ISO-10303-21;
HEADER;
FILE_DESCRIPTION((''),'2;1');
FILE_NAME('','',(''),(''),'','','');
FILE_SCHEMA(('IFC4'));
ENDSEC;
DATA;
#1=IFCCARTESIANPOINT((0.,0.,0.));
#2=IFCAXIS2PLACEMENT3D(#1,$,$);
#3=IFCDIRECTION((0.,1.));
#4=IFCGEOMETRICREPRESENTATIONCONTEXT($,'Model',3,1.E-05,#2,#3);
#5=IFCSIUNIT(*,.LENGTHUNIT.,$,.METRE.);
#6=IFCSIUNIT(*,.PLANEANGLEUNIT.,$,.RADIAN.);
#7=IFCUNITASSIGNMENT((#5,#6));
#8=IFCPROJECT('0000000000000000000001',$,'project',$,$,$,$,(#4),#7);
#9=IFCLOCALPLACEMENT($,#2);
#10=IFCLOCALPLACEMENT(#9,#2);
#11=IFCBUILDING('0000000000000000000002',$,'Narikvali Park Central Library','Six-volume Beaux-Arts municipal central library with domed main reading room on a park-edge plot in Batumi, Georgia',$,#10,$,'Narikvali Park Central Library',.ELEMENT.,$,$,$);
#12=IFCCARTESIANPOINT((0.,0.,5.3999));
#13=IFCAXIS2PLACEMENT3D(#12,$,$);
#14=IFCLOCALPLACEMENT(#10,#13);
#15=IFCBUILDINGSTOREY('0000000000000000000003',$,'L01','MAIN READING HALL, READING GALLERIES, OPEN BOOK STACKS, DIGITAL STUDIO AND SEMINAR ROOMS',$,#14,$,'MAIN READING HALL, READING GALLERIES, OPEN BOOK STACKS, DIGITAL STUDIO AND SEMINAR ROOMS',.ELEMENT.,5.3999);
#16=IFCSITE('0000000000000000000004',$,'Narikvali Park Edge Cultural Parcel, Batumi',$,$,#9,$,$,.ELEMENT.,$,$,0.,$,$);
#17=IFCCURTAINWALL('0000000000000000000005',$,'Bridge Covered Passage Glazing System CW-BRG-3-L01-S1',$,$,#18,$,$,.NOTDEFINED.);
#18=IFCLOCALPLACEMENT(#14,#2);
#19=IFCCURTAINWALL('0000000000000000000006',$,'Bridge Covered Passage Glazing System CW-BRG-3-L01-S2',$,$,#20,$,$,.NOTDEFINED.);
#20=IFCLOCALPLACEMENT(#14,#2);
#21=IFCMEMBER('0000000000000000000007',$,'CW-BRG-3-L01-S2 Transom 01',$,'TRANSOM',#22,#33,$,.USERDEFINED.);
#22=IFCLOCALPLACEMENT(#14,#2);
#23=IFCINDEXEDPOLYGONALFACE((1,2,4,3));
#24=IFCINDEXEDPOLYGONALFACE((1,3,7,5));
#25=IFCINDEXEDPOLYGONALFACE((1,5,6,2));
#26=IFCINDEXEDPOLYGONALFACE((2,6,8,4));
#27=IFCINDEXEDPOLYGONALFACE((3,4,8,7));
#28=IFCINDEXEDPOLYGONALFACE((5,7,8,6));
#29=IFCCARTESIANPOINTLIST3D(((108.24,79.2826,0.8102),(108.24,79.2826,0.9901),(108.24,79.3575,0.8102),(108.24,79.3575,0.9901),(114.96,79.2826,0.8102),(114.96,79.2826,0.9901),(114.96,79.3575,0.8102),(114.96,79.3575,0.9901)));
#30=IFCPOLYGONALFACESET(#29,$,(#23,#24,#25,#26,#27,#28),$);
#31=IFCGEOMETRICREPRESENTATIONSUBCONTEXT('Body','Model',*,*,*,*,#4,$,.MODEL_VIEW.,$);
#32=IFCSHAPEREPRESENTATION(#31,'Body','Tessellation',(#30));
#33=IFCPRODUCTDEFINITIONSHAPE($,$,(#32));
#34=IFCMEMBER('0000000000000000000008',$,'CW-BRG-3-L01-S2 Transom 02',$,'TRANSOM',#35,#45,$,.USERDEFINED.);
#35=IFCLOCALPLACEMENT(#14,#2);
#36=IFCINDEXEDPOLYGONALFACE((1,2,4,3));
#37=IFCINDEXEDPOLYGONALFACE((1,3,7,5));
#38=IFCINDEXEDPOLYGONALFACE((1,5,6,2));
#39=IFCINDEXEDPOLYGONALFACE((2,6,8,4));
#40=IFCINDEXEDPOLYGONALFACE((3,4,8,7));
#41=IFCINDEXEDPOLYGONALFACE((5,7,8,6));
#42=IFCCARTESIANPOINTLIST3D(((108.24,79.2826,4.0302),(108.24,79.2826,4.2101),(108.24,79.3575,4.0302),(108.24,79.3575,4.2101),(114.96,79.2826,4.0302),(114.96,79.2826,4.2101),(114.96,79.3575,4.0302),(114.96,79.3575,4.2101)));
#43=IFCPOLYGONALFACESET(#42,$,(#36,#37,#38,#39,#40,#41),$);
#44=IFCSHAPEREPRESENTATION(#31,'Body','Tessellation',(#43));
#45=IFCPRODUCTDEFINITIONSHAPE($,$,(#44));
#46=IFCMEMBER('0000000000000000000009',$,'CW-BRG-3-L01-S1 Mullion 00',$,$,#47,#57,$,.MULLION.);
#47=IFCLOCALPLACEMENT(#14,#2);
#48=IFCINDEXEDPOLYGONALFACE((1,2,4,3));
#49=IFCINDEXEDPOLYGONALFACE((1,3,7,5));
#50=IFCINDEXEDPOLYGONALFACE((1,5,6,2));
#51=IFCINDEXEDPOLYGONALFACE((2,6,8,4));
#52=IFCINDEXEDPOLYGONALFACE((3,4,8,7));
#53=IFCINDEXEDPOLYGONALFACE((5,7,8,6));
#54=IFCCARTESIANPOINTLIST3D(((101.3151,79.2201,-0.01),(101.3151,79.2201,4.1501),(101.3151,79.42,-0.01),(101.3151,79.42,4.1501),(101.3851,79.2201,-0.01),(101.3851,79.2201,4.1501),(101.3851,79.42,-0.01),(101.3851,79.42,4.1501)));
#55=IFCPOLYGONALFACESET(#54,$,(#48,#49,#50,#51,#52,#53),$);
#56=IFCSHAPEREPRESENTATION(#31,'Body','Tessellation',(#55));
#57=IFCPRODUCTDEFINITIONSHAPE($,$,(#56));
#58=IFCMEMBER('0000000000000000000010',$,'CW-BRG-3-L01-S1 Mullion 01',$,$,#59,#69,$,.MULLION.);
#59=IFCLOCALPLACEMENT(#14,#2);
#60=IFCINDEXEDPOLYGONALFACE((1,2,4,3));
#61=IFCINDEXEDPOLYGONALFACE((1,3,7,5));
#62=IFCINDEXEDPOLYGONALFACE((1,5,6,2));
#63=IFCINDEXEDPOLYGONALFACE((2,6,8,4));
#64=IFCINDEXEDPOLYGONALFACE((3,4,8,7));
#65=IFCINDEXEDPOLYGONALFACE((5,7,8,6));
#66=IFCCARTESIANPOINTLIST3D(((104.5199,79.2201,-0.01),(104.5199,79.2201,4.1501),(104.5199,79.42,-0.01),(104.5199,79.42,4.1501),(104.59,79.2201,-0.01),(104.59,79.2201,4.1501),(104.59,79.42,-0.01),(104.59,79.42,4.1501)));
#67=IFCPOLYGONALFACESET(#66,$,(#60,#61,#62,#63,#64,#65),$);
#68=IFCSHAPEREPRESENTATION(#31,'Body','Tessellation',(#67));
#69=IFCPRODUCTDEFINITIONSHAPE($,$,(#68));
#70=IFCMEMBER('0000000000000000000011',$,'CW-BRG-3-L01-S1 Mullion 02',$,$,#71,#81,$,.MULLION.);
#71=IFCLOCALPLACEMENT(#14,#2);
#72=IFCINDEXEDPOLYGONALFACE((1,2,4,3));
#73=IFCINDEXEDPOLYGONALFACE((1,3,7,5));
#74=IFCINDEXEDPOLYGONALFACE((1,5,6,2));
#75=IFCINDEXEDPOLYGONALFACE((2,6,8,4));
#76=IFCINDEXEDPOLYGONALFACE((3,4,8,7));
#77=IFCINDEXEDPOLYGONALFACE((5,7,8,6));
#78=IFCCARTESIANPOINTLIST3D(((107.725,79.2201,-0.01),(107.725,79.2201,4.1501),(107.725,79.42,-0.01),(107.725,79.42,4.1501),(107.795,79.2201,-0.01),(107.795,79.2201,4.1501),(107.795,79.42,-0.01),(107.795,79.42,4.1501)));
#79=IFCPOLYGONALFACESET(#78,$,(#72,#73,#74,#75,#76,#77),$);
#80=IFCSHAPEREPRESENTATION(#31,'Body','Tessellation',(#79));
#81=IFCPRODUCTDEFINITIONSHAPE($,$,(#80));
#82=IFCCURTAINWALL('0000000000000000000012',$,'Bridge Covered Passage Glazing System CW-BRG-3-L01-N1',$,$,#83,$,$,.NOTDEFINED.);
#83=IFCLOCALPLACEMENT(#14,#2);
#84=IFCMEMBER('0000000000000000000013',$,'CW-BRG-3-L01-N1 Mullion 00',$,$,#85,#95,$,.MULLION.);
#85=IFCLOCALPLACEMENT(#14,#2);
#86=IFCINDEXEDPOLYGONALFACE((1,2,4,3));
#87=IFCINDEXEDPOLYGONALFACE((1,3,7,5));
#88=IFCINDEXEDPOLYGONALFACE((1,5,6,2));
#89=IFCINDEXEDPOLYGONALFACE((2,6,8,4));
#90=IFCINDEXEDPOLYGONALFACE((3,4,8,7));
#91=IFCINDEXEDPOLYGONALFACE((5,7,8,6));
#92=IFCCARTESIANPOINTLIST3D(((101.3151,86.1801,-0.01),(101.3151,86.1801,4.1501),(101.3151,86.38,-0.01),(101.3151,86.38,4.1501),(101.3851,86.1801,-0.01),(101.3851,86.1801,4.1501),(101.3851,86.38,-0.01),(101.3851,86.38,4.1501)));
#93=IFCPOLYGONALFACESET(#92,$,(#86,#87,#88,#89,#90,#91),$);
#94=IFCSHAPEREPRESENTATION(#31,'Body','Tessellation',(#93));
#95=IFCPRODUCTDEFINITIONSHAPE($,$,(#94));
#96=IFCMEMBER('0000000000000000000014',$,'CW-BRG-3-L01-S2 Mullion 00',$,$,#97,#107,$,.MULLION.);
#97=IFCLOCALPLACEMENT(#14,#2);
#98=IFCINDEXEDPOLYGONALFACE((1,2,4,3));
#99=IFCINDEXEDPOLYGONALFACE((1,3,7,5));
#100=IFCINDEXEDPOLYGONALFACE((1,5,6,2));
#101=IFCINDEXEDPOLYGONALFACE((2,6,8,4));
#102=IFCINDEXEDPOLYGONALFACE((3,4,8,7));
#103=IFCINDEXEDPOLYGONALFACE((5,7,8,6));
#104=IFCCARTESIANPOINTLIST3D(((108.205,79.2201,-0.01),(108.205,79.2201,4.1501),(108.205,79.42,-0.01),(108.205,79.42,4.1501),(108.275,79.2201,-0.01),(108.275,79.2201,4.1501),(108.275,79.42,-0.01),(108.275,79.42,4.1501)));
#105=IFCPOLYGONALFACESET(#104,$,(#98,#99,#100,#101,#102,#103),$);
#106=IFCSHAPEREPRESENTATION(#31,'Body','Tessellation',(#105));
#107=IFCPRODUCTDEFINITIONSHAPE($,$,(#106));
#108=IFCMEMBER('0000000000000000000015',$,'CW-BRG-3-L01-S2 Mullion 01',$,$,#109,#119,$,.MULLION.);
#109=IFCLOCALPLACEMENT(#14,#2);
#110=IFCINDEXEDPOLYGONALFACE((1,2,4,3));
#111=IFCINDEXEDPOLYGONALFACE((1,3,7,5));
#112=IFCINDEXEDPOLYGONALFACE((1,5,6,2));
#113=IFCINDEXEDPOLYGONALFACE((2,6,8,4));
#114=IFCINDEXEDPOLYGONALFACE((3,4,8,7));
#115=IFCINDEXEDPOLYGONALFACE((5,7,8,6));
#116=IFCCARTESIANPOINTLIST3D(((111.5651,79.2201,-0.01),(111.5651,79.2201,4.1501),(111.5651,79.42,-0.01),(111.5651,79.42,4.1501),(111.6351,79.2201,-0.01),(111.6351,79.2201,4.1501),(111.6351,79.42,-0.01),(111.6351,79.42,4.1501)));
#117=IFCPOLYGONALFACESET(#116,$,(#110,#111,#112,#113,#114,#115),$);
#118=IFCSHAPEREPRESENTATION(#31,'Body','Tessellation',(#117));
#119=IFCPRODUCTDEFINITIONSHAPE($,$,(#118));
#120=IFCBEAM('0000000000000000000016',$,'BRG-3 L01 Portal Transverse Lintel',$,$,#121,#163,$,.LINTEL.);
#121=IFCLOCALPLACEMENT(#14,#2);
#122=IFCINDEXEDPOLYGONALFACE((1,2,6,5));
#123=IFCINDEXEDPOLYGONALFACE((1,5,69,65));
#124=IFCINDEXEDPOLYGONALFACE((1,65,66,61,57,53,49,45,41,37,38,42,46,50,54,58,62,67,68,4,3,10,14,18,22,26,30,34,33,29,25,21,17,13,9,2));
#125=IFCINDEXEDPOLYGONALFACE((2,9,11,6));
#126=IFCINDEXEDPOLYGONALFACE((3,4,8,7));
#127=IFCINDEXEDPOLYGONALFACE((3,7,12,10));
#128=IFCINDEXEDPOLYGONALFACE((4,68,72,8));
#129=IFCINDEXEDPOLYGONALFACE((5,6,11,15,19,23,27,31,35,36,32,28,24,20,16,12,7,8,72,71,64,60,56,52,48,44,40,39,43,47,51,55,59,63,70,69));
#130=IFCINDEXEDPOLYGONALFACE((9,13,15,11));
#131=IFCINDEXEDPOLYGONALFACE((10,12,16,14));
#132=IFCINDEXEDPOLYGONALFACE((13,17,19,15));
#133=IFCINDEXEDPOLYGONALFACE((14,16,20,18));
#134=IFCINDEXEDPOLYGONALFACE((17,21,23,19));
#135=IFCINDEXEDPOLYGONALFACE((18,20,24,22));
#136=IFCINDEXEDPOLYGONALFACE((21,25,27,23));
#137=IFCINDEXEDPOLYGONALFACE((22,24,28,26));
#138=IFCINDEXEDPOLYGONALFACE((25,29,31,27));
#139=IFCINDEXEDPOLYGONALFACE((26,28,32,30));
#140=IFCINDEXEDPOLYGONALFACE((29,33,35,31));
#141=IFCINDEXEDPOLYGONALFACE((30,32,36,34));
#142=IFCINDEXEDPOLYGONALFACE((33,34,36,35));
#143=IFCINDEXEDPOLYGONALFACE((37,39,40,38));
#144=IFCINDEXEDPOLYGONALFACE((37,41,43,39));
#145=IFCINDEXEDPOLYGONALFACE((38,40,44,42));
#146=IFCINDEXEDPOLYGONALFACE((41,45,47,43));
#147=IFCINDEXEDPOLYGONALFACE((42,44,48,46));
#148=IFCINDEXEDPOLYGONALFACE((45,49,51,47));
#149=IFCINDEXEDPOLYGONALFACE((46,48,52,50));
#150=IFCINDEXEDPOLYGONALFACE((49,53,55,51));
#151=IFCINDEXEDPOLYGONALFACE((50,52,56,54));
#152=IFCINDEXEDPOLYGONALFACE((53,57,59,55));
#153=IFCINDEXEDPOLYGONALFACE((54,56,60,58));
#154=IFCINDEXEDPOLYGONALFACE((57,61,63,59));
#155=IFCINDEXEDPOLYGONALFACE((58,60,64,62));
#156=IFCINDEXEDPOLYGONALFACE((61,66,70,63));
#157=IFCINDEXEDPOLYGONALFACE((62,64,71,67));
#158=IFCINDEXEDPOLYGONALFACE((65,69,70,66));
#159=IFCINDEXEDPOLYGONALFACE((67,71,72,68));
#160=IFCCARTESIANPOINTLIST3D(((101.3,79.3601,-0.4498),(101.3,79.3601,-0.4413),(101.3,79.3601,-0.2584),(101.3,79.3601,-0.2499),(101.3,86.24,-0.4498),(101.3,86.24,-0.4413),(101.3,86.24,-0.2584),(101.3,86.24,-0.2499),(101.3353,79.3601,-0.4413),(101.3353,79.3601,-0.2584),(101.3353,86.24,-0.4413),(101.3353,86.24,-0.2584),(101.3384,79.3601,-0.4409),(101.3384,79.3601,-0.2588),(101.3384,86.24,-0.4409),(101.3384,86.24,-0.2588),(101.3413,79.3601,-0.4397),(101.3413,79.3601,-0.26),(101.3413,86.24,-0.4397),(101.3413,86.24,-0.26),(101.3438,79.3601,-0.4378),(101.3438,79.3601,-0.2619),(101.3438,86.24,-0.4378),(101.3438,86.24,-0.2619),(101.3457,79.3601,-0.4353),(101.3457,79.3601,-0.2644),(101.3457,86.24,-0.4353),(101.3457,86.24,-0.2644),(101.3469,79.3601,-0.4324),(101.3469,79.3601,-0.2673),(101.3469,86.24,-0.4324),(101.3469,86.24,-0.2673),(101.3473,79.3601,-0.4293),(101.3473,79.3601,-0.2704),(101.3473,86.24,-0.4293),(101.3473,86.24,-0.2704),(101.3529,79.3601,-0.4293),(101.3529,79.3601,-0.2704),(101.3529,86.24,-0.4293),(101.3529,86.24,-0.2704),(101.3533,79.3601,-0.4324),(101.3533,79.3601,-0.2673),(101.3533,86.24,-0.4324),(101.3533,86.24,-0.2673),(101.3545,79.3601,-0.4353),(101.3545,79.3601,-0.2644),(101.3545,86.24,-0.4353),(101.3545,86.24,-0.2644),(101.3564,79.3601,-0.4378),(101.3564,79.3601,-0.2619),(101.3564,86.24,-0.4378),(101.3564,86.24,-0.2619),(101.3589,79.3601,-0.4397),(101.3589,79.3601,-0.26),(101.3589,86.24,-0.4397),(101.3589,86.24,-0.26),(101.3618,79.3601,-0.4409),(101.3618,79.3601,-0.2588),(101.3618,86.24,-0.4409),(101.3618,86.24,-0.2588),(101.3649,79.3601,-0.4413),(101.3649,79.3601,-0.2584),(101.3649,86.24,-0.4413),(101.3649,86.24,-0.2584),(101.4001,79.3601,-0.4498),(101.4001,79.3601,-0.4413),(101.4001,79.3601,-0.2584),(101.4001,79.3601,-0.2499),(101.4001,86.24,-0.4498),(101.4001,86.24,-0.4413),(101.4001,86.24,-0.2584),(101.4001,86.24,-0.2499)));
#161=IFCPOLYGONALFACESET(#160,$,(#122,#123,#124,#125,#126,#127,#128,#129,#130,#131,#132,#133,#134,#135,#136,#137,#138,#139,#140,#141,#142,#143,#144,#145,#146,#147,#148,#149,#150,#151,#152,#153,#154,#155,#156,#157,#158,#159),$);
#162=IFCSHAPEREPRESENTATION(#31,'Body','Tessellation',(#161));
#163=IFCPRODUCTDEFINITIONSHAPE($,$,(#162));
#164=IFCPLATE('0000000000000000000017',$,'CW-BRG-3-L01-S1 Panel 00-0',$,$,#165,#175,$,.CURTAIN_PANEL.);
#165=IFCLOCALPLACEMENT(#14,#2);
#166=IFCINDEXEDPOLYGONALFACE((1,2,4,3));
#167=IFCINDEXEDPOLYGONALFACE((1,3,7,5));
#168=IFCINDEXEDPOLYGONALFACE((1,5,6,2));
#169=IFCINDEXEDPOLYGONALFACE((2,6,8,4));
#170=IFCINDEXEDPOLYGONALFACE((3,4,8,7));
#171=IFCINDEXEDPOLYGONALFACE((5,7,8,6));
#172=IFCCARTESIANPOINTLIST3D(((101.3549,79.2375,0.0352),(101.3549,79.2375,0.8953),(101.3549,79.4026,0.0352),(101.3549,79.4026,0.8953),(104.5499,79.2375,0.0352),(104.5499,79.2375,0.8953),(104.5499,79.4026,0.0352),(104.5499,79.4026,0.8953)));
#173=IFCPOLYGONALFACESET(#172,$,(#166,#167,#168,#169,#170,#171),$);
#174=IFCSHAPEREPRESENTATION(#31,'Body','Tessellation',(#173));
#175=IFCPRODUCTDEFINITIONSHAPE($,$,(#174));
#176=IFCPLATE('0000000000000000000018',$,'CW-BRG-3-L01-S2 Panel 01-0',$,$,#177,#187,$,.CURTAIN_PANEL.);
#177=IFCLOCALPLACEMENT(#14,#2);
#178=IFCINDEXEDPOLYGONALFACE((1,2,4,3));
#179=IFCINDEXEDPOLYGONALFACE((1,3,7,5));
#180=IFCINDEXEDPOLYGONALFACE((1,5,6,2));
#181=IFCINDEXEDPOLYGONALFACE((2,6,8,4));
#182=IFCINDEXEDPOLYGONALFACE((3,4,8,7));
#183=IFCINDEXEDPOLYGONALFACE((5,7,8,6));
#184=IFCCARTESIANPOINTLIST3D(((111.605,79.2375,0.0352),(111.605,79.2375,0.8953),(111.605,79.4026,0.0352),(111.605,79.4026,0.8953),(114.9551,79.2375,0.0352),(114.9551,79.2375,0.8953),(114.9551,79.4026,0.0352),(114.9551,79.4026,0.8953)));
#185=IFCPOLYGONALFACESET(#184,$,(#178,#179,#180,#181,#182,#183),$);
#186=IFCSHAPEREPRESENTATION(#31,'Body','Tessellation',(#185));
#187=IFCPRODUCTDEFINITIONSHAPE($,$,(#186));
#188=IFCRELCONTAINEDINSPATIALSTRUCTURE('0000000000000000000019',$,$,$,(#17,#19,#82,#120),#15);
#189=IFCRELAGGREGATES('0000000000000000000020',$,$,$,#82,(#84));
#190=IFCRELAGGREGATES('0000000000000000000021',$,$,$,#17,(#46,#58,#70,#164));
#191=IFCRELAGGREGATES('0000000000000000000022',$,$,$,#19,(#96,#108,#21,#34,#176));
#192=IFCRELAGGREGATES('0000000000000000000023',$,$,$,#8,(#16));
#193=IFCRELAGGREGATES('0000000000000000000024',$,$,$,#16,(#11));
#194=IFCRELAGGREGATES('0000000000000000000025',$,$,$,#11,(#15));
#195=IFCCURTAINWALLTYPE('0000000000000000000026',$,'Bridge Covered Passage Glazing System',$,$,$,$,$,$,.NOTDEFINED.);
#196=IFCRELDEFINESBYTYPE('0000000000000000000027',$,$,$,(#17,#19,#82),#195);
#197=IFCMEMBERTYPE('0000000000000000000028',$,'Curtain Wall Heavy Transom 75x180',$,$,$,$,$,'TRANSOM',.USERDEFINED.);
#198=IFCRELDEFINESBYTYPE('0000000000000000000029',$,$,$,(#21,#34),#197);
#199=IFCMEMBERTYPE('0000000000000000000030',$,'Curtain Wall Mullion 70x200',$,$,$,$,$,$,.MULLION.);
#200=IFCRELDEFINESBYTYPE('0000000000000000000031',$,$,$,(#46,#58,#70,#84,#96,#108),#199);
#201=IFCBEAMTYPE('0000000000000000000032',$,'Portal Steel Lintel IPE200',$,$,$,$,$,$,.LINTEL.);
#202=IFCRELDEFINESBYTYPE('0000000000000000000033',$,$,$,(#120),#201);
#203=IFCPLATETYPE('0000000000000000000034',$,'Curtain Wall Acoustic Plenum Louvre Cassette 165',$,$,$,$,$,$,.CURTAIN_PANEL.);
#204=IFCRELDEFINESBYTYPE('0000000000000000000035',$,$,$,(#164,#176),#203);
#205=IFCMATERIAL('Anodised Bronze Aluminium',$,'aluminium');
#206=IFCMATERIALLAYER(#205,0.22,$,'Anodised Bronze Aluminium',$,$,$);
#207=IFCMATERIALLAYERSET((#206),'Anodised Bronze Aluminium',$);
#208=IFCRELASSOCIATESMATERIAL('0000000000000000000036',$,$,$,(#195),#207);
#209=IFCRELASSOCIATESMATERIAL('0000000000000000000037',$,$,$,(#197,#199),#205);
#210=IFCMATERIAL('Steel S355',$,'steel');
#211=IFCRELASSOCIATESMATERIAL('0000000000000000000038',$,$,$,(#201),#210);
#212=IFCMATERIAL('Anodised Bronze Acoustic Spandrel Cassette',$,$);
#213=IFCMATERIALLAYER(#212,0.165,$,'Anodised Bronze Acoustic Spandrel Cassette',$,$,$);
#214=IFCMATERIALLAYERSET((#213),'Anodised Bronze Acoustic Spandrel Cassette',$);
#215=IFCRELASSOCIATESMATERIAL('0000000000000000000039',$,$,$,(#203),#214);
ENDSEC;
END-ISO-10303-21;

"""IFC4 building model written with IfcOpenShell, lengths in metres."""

from ifc_helpers import new_model, si_unit, direction, frame, origin, origin_2d, place, context, subcontext, project, spatial, rectangle, i_section, extrude, material, layer, layer_set, material_profile, profile_set, type_object, element, aggregate, save


model = new_model("IFC4")

# Units and contexts
model_context = context("Model", 3, precision=1e-05, world=origin(), true_north=direction((0.0, 1.0)))
body_context = subcontext(model_context, "Body", "Model", "MODEL_VIEW")
ifc_project = project(units=[si_unit("LENGTHUNIT", "METRE"), si_unit("PLANEANGLEUNIT", "RADIAN")], contexts=[model_context])

# Site, building, storey
site_placement = place(None, origin())
site = spatial("IfcSite", under=ifc_project, at=site_placement, Name="Narikvali Park Edge Cultural Parcel, Batumi", CompositionType="ELEMENT", RefElevation=0.0)
building_placement = place(site_placement, origin())
building = spatial("IfcBuilding", under=site, at=building_placement, Name="Narikvali Park Central Library", Description="Six-volume Beaux-Arts municipal central library with domed main reading room on a park-edge plot in Batumi, Georgia", LongName="Narikvali Park Central Library", CompositionType="ELEMENT")
storey_placement = place(building_placement, frame((0.0, 0.0, 5.3999)))
storey = spatial("IfcBuildingStorey", under=building, at=storey_placement, Name="L01", Description="MAIN READING HALL, READING GALLERIES, OPEN BOOK STACKS, DIGITAL STUDIO AND SEMINAR ROOMS", LongName="MAIN READING HALL, READING GALLERIES, OPEN BOOK STACKS, DIGITAL STUDIO AND SEMINAR ROOMS", CompositionType="ELEMENT", Elevation=5.3999)

# Shared definitions
ifc_material_1 = material(Name="Steel S355", Category="steel")

# Curtain walls, members
ifc_material_2 = material(Name="Anodised Bronze Aluminium", Category="aluminium")
ifc_layer_1 = layer(ifc_material_2, 0.22, Name="Anodised Bronze Aluminium")
ifc_layer_set_1 = layer_set([ifc_layer_1], Name="Anodised Bronze Aluminium")
curtain_wall_type = type_object("IfcCurtainWallType", Name="Bridge Covered Passage Glazing System", PredefinedType="NOTDEFINED", material=ifc_layer_set_1)
curtain_wall_1_placement = place(storey_placement, origin())
curtain_wall_1 = element("IfcCurtainWall", 1, at=curtain_wall_1_placement, inside=storey, type_object=curtain_wall_type, Name="Bridge Covered Passage Glazing System CW-BRG-3-L01-S1", PredefinedType="NOTDEFINED")
ifc_material_profile_1 = material_profile(ifc_material_2, rectangle(XDim=0.075, YDim=0.1799, at=origin_2d()), Name="CW TRANSOM 75x180")
ifc_profile_set_1 = profile_set([ifc_material_profile_1], Name="Anodised Bronze Aluminium")
member_type_1 = type_object("IfcMemberType", Name="Curtain Wall Heavy Transom 75x180", ElementType="TRANSOM", PredefinedType="USERDEFINED", material=ifc_profile_set_1)
curtain_wall_2_placement = place(storey_placement, origin())
curtain_wall_2 = element("IfcCurtainWall", 2, at=curtain_wall_2_placement, inside=storey, type_object=curtain_wall_type, Name="Bridge Covered Passage Glazing System CW-BRG-3-L01-S2", PredefinedType="NOTDEFINED")
member_1_placement = place(storey_placement, frame((108.24, 79.3201, 0.9001), z_axis=(1.0, 0.0, 0.0), x_axis=(0.0, 1.0, 0.0)))
member_1 = element("IfcMember", 3, at=member_1_placement, type_object=member_type_1, Name="CW-BRG-3-L01-S2 Transom 01", ObjectType="TRANSOM", PredefinedType="USERDEFINED", context=body_context, shape_type="SweptSolid", body=[
    extrude(rectangle(XDim=0.075, YDim=0.1799, at=origin_2d()), origin(), (0.0, 0.0, 1.0), 6.72),
])
member_2_placement = place(storey_placement, frame((108.24, 79.3201, 4.1201), z_axis=(1.0, 0.0, 0.0), x_axis=(0.0, 1.0, 0.0)))
member_2 = element("IfcMember", 4, at=member_2_placement, type_object=member_type_1, Name="CW-BRG-3-L01-S2 Transom 02", ObjectType="TRANSOM", PredefinedType="USERDEFINED", context=body_context, shape_type="SweptSolid", body=[
    extrude(rectangle(XDim=0.075, YDim=0.1799, at=origin_2d()), origin(), (0.0, 0.0, 1.0), 6.72),
])

# Members
ifc_material_profile_2 = material_profile(ifc_material_2, rectangle(XDim=0.0701, YDim=0.2, at=origin_2d()), Name="CW MULLION 70x200")
ifc_profile_set_2 = profile_set([ifc_material_profile_2], Name="Anodised Bronze Aluminium")
member_type_2 = type_object("IfcMemberType", Name="Curtain Wall Mullion 70x200", PredefinedType="MULLION", material=ifc_profile_set_2)
member_3_placement = place(storey_placement, frame((101.3501, 79.3201, -0.01), z_axis=(0.0, 0.0, 1.0), x_axis=(1.0, 0.0, 0.0)))
member_3 = element("IfcMember", 5, at=member_3_placement, type_object=member_type_2, Name="CW-BRG-3-L01-S1 Mullion 00", PredefinedType="MULLION", context=body_context, shape_type="SweptSolid", body=[
    extrude(rectangle(XDim=0.0701, YDim=0.2, at=origin_2d()), origin(), (0.0, 0.0, 1.0), 4.1602),
])
member_4_placement = place(storey_placement, frame((104.5549, 79.3201, -0.01), z_axis=(0.0, 0.0, 1.0), x_axis=(1.0, 0.0, 0.0)))
member_4 = element("IfcMember", 6, at=member_4_placement, type_object=member_type_2, Name="CW-BRG-3-L01-S1 Mullion 01", PredefinedType="MULLION", context=body_context, shape_type="SweptSolid", body=[
    extrude(rectangle(XDim=0.0701, YDim=0.2, at=origin_2d()), origin(), (0.0, 0.0, 1.0), 4.1602),
])
member_5_placement = place(storey_placement, frame((107.76, 79.3201, -0.01), z_axis=(0.0, 0.0, 1.0), x_axis=(1.0, 0.0, 0.0)))
member_5 = element("IfcMember", 7, at=member_5_placement, type_object=member_type_2, Name="CW-BRG-3-L01-S1 Mullion 02", PredefinedType="MULLION", context=body_context, shape_type="SweptSolid", body=[
    extrude(rectangle(XDim=0.0701, YDim=0.2, at=origin_2d()), origin(), (0.0, 0.0, 1.0), 4.1602),
])

# Curtain wall, member
curtain_wall_3_placement = place(storey_placement, origin())
curtain_wall_3 = element("IfcCurtainWall", 8, at=curtain_wall_3_placement, inside=storey, type_object=curtain_wall_type, Name="Bridge Covered Passage Glazing System CW-BRG-3-L01-N1", PredefinedType="NOTDEFINED")
member_6_placement = place(storey_placement, frame((101.3501, 86.28, -0.01), z_axis=(0.0, 0.0, 1.0), x_axis=(1.0, 0.0, 0.0)))
member_6 = element("IfcMember", 9, at=member_6_placement, type_object=member_type_2, Name="CW-BRG-3-L01-N1 Mullion 00", PredefinedType="MULLION", context=body_context, shape_type="SweptSolid", body=[
    extrude(rectangle(XDim=0.0701, YDim=0.2, at=origin_2d()), origin(), (0.0, 0.0, 1.0), 4.1602),
])
aggregate(curtain_wall_3, [member_6])

# Members
member_7_placement = place(storey_placement, frame((108.24, 79.3201, -0.01), z_axis=(0.0, 0.0, 1.0), x_axis=(1.0, 0.0, 0.0)))
member_7 = element("IfcMember", 10, at=member_7_placement, type_object=member_type_2, Name="CW-BRG-3-L01-S2 Mullion 00", PredefinedType="MULLION", context=body_context, shape_type="SweptSolid", body=[
    extrude(rectangle(XDim=0.0701, YDim=0.2, at=origin_2d()), origin(), (0.0, 0.0, 1.0), 4.1602),
])
member_8_placement = place(storey_placement, frame((111.6001, 79.3201, -0.01), z_axis=(0.0, 0.0, 1.0), x_axis=(1.0, 0.0, 0.0)))
member_8 = element("IfcMember", 11, at=member_8_placement, type_object=member_type_2, Name="CW-BRG-3-L01-S2 Mullion 01", PredefinedType="MULLION", context=body_context, shape_type="SweptSolid", body=[
    extrude(rectangle(XDim=0.0701, YDim=0.2, at=origin_2d()), origin(), (0.0, 0.0, 1.0), 4.1602),
])

# Beam
ifc_material_profile_3 = material_profile(ifc_material_1, i_section(OverallWidth=0.1001, OverallDepth=0.2, WebThickness=0.0056, FlangeThickness=0.0085, FilletRadius=0.012, at=origin_2d()), Name="IPE 200")
ifc_profile_set_3 = profile_set([ifc_material_profile_3], Name="Steel S355")
beam_type_1 = type_object("IfcBeamType", Name="Portal Steel Lintel IPE200", PredefinedType="LINTEL", material=ifc_profile_set_3)
beam_1_placement = place(storey_placement, frame((101.3501, 79.3601, -0.3499), z_axis=(0.0, 1.0, 0.0), x_axis=(-1.0, 0.0, 0.0)))
element("IfcBeam", 12, at=beam_1_placement, inside=storey, type_object=beam_type_1, Name="BRG-3 L01 Portal Transverse Lintel", PredefinedType="LINTEL", context=body_context, shape_type="SweptSolid", body=[
    extrude(i_section(OverallWidth=0.1001, OverallDepth=0.2, WebThickness=0.0056, FlangeThickness=0.0085, FilletRadius=0.012, at=origin_2d()), origin(), (0.0, 0.0, 1.0), 6.8799),
])

# Plates
ifc_material_3 = material(Name="Anodised Bronze Acoustic Spandrel Cassette")
ifc_layer_2 = layer(ifc_material_3, 0.165, Name="Anodised Bronze Acoustic Spandrel Cassette")
ifc_layer_set_2 = layer_set([ifc_layer_2], Name="Anodised Bronze Acoustic Spandrel Cassette")
plate_type_1 = type_object("IfcPlateType", Name="Curtain Wall Acoustic Plenum Louvre Cassette 165", PredefinedType="CURTAIN_PANEL", material=ifc_layer_set_2)
plate_1_placement = place(storey_placement, frame((102.9524, 79.3201, 0.0352), z_axis=(0.0, 0.0, 1.0), x_axis=(1.0, 0.0, 0.0)))
plate_1 = element("IfcPlate", 13, at=plate_1_placement, type_object=plate_type_1, Name="CW-BRG-3-L01-S1 Panel 00-0", PredefinedType="CURTAIN_PANEL", context=body_context, shape_type="SweptSolid", body=[
    extrude(rectangle(XDim=3.1951, YDim=0.165, at=origin_2d()), origin(), (0.0, 0.0, 1.0), 0.8601),
])
plate_2_placement = place(storey_placement, frame((113.28, 79.3201, 0.0352), z_axis=(0.0, 0.0, 1.0), x_axis=(1.0, 0.0, 0.0)))
plate_2 = element("IfcPlate", 14, at=plate_2_placement, type_object=plate_type_1, Name="CW-BRG-3-L01-S2 Panel 01-0", PredefinedType="CURTAIN_PANEL", context=body_context, shape_type="SweptSolid", body=[
    extrude(rectangle(XDim=3.3501, YDim=0.165, at=origin_2d()), origin(), (0.0, 0.0, 1.0), 0.8601),
])
aggregate(curtain_wall_1, [member_3, member_4, member_5, plate_1])
aggregate(curtain_wall_2, [member_7, member_8, member_1, member_2, plate_2])

save(model, "model.ifc")
